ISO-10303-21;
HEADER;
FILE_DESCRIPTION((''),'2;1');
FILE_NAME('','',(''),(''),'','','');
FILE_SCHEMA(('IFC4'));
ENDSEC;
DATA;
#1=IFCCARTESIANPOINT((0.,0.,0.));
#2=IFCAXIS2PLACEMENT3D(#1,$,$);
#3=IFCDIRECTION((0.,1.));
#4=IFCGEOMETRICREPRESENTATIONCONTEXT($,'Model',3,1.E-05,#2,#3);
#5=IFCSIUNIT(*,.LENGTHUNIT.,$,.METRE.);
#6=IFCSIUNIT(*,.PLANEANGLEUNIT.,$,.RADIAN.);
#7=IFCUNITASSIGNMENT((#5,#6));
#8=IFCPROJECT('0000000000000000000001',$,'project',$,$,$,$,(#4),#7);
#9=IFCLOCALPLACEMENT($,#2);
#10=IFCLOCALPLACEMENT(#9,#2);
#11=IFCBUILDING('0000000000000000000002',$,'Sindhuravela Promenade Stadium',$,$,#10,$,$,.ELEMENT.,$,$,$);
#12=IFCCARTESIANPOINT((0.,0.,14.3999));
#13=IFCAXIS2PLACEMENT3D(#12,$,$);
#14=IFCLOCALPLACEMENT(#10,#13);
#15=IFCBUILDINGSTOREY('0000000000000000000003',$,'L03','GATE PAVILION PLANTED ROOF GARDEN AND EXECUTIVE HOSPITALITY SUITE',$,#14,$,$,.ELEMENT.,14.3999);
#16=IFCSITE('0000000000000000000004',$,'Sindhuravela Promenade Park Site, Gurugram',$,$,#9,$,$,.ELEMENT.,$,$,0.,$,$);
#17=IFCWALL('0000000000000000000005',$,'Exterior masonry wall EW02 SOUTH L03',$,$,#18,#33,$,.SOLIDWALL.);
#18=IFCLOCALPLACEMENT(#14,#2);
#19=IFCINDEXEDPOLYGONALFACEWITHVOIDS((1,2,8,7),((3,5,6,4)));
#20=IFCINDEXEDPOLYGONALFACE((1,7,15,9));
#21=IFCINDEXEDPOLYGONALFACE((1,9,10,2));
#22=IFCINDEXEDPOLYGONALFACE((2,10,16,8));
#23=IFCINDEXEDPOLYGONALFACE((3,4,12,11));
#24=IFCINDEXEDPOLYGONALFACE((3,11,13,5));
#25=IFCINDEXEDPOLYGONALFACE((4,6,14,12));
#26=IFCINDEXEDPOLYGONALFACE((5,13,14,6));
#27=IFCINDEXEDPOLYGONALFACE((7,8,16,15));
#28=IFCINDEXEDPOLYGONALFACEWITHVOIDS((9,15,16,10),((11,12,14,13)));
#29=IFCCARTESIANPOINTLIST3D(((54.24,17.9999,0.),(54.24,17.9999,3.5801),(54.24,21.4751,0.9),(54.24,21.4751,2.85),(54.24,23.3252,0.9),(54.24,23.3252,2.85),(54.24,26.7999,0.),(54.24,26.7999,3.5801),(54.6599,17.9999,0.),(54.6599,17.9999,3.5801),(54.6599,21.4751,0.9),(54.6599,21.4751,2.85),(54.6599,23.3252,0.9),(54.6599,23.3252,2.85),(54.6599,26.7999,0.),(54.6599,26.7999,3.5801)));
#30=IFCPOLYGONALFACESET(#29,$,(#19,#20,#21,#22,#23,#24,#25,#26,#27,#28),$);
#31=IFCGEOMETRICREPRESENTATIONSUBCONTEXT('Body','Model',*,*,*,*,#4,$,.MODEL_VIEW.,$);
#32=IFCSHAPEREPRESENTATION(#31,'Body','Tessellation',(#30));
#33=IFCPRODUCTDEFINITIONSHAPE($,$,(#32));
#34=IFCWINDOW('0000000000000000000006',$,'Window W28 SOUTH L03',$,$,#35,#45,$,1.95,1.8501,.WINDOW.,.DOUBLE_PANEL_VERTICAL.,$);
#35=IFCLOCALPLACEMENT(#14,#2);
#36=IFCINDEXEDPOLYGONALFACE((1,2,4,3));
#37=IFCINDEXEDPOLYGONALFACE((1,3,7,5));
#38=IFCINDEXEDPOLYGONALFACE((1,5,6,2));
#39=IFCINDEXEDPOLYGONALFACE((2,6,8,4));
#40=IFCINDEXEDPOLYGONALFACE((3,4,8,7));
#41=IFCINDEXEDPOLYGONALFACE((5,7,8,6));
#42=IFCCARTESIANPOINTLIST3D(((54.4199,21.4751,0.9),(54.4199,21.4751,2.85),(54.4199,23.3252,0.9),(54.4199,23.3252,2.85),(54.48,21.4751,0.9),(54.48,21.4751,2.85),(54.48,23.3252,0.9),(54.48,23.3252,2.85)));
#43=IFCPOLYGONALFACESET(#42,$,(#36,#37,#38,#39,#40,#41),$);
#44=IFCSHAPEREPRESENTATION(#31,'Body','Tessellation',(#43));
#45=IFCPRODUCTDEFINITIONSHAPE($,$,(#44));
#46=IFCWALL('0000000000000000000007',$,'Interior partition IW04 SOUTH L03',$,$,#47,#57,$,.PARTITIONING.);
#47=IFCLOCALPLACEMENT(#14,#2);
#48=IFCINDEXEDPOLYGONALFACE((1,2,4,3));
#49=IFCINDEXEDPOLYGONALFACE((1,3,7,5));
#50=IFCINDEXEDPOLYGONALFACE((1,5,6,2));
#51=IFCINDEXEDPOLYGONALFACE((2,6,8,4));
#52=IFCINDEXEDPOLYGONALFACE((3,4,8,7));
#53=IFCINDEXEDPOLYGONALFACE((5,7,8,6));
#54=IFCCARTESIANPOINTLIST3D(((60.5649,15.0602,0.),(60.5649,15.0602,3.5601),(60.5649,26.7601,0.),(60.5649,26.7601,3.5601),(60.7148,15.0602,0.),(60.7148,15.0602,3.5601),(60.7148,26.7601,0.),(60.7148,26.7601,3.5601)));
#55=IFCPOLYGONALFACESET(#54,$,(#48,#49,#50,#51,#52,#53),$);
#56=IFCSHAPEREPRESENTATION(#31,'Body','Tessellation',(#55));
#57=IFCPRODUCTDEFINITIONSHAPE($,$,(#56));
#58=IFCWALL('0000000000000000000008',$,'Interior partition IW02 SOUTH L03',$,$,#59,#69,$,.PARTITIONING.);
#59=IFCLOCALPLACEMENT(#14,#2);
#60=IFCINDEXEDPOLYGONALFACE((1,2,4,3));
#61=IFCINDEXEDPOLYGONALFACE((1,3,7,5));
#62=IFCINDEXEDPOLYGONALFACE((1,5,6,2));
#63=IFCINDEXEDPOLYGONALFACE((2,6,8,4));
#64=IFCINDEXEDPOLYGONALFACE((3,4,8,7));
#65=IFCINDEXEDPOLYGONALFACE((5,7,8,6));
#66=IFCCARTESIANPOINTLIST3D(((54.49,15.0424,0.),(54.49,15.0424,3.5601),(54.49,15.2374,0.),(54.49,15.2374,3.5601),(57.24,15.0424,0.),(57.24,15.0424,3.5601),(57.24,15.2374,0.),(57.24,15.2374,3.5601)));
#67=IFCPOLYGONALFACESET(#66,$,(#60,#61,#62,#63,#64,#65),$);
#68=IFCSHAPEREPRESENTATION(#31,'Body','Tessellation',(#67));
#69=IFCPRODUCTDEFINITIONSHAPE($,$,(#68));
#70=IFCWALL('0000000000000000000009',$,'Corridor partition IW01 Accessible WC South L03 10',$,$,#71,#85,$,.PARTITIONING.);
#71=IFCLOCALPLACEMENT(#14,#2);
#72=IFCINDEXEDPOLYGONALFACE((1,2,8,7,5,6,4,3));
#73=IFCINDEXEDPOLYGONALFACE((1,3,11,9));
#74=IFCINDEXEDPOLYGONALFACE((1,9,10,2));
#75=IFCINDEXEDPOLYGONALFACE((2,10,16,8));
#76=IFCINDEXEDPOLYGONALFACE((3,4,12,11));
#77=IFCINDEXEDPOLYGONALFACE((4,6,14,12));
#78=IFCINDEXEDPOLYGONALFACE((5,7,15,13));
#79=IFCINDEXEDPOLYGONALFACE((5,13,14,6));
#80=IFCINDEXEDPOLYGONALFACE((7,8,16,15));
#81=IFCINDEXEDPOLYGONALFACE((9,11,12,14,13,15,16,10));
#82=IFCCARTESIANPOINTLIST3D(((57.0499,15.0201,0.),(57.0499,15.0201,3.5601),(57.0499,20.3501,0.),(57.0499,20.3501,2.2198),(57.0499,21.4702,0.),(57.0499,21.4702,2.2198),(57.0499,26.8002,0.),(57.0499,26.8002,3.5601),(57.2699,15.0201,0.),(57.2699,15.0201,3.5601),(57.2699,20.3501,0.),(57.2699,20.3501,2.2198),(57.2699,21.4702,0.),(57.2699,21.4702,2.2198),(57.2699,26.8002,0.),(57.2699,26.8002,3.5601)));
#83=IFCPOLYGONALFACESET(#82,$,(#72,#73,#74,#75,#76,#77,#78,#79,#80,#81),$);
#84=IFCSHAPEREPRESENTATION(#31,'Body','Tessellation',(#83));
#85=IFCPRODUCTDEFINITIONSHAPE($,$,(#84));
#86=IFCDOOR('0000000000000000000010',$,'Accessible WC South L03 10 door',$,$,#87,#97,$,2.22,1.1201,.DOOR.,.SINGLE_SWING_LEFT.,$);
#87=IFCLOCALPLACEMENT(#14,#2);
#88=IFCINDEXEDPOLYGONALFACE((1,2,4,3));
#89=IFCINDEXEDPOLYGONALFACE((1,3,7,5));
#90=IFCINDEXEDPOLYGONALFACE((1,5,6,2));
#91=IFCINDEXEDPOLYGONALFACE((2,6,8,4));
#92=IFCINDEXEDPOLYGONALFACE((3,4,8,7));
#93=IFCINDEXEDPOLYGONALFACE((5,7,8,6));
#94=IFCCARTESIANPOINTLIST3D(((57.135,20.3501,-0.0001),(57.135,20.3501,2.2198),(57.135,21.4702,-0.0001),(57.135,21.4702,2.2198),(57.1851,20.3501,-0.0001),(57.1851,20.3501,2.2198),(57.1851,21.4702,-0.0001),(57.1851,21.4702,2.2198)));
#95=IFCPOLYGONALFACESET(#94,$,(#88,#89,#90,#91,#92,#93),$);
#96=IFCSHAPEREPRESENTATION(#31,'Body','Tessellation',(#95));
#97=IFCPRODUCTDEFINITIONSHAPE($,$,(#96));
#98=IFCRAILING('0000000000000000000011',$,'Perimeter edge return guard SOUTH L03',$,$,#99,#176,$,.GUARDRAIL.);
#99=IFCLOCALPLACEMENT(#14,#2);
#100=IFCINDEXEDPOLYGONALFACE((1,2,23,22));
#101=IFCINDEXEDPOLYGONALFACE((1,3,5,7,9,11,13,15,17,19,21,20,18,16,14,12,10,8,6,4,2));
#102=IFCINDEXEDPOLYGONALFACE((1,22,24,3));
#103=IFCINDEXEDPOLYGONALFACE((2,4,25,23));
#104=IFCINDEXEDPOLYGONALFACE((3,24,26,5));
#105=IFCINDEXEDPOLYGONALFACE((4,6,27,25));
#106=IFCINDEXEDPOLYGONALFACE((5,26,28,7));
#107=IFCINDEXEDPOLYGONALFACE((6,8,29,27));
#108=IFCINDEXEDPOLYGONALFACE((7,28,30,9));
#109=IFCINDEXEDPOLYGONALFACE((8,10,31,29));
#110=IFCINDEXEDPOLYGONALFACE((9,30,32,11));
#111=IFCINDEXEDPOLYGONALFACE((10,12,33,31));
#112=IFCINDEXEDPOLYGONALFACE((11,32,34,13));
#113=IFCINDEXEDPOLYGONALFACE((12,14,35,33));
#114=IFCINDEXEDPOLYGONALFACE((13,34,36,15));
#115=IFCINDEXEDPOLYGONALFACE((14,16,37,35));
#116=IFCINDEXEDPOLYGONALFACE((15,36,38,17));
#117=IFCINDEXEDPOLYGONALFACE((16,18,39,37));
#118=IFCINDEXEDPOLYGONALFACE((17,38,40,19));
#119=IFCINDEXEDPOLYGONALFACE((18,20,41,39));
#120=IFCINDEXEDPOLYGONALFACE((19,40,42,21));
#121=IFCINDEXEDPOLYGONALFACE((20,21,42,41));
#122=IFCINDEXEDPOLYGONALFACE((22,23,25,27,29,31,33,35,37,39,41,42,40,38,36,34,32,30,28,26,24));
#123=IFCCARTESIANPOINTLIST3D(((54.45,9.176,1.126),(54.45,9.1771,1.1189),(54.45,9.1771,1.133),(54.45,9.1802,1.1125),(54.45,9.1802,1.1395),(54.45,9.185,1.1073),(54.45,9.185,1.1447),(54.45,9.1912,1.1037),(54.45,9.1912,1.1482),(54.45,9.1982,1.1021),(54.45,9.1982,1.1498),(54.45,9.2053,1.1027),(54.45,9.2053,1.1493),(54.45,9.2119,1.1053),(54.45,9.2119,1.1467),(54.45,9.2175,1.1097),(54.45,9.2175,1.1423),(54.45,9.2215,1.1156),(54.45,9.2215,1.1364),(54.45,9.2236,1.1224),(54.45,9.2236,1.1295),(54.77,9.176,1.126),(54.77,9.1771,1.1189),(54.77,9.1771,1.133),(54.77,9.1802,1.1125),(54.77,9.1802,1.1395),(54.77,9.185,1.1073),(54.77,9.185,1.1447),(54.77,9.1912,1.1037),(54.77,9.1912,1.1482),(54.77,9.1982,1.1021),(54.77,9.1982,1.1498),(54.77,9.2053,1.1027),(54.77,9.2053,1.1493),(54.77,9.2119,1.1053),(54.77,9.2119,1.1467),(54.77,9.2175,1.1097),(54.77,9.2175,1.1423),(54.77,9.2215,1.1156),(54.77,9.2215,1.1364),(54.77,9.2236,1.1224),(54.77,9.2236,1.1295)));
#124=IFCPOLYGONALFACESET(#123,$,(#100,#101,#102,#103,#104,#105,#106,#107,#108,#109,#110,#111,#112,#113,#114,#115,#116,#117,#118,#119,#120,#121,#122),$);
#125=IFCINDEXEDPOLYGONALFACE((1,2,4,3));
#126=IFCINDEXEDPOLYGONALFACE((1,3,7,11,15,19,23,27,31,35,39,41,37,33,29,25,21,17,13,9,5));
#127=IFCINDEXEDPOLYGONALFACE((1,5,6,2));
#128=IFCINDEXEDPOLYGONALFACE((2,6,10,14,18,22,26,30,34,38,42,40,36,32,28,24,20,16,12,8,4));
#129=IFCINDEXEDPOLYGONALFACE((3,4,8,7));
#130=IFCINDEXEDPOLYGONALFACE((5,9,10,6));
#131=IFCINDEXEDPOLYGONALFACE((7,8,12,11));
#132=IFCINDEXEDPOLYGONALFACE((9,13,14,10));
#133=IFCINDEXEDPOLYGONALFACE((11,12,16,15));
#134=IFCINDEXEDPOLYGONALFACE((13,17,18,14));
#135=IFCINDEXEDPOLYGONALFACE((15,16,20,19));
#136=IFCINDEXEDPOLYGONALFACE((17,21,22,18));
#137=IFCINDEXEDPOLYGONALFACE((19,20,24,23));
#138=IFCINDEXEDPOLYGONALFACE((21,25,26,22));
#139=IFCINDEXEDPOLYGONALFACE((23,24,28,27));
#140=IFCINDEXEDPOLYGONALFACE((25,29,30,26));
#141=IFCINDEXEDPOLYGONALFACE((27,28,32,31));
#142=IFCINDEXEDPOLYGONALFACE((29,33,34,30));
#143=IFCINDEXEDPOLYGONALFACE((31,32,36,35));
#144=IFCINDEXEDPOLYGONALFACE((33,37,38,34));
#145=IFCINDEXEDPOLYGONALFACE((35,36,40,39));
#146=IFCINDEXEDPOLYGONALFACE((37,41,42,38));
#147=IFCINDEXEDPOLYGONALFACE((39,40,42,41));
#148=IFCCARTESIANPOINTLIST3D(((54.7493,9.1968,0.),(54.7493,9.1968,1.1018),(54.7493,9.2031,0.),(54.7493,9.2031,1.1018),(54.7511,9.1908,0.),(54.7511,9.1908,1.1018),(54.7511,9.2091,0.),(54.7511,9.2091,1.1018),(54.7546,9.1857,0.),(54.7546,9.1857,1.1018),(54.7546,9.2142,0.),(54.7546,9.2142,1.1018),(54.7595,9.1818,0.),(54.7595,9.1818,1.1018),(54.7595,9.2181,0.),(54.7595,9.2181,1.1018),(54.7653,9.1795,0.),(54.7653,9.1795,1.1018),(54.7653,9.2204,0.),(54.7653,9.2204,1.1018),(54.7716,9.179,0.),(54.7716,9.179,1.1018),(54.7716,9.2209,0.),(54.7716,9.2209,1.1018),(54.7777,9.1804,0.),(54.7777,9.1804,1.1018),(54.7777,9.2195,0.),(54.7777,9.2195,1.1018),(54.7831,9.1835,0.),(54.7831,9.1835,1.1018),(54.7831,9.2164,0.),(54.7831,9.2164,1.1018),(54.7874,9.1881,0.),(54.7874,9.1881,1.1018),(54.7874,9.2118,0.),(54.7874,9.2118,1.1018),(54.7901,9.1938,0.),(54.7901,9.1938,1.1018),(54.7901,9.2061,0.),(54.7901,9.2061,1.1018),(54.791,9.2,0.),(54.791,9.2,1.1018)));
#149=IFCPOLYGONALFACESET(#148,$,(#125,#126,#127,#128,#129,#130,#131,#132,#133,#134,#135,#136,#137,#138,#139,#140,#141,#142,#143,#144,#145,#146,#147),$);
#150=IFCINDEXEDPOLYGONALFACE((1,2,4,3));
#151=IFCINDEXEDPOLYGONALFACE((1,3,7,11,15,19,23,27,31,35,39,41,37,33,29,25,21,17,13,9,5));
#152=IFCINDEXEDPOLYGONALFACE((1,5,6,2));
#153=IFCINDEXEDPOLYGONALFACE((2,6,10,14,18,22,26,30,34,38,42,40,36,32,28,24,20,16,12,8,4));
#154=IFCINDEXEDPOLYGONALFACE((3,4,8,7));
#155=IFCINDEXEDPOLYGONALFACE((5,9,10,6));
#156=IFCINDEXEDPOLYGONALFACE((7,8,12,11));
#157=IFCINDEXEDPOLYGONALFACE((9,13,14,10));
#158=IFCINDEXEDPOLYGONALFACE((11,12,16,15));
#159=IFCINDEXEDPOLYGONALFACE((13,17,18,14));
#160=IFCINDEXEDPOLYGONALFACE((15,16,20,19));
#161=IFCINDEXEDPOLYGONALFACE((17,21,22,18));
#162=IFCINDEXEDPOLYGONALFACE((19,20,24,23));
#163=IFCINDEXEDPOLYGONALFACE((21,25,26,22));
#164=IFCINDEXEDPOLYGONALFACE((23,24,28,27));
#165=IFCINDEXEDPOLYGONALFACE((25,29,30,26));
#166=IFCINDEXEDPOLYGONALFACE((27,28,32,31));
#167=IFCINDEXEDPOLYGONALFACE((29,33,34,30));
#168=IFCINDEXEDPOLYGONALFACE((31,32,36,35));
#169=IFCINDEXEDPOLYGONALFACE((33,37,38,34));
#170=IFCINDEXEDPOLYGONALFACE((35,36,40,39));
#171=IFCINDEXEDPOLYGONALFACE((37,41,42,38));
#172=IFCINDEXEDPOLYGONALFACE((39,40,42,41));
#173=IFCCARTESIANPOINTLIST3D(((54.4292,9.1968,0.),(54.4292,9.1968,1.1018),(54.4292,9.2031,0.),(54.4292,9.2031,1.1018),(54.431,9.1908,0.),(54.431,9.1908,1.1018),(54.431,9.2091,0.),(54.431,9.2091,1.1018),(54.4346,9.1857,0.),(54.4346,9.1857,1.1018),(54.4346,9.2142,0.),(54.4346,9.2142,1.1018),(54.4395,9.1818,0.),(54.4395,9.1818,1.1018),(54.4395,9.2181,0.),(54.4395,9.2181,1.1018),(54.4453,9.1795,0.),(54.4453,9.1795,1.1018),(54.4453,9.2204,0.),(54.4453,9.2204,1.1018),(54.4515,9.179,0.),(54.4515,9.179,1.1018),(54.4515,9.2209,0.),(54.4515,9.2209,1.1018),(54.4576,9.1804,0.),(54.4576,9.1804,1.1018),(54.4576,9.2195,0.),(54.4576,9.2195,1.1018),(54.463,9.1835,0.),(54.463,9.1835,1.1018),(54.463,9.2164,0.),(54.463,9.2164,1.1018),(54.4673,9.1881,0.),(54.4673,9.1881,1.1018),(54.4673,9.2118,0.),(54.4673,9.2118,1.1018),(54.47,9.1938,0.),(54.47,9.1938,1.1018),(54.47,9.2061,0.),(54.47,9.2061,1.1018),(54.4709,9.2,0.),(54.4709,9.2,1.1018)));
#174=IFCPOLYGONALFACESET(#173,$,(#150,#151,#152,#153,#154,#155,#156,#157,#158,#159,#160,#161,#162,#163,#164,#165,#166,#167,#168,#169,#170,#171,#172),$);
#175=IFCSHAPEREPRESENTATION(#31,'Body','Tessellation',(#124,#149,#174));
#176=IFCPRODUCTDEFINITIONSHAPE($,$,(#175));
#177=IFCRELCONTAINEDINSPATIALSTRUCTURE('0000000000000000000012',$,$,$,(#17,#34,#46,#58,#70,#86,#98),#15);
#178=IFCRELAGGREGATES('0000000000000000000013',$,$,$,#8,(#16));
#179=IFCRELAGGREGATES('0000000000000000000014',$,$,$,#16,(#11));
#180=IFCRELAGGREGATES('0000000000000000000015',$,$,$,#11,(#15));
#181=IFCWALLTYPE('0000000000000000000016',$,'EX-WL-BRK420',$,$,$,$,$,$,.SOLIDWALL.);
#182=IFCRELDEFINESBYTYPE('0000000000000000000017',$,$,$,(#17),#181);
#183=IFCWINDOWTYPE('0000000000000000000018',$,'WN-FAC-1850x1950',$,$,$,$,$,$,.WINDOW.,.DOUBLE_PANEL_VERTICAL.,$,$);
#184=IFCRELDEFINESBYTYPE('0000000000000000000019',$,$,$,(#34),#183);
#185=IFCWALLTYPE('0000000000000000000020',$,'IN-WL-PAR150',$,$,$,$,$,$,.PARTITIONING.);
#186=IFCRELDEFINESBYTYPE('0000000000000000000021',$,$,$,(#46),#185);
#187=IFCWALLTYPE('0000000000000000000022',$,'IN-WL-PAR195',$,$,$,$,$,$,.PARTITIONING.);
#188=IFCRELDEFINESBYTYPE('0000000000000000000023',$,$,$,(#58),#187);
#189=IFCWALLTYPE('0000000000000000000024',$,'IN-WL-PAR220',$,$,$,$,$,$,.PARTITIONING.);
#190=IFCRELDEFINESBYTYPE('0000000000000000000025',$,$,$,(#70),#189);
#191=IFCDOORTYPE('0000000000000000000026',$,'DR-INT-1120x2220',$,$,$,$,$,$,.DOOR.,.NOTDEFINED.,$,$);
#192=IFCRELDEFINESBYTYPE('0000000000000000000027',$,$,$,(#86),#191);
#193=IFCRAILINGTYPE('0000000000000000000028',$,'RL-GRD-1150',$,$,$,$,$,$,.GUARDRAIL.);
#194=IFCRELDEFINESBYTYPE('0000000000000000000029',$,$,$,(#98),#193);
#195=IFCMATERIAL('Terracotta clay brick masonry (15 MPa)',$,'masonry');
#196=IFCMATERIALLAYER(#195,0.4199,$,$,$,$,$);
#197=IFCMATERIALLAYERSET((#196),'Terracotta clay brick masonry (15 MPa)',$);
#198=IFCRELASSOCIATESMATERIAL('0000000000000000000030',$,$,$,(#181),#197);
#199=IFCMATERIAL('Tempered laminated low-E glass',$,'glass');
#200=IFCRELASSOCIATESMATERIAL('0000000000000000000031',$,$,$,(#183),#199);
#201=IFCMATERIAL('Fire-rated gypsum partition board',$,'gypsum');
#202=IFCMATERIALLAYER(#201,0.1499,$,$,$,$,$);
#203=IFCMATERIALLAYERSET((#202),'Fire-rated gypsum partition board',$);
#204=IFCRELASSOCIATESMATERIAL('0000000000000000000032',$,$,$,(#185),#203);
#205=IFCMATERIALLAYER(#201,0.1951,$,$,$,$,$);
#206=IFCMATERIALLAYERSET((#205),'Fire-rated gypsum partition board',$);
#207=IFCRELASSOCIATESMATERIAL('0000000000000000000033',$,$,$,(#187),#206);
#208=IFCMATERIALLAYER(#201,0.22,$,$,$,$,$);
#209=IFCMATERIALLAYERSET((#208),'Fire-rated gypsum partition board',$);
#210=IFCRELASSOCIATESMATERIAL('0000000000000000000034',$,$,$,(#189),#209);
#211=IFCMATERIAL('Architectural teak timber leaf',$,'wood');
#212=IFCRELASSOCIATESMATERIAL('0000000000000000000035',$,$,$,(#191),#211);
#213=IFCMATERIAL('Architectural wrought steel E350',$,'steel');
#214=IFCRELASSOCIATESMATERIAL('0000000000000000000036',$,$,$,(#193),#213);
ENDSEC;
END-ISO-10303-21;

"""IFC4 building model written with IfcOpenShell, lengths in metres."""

from ifc_helpers import new_model, si_unit, direction, frame, frame_2d, origin, origin_2d, place, context, subcontext, project, spatial, rectangle, circle, extrude, material, layer, layer_set, type_object, element, fill, save


model = new_model("IFC4")

# Units and contexts
model_context = context("Model", 3, precision=1e-05, world=origin(), true_north=direction((0.0, 1.0)))
body_context = subcontext(model_context, "Body", "Model", "MODEL_VIEW")
ifc_project = project(units=[si_unit("LENGTHUNIT", "METRE"), si_unit("PLANEANGLEUNIT", "RADIAN")], contexts=[model_context])

# Site, building, storey
site_placement = place(None, origin())
site = spatial("IfcSite", under=ifc_project, at=site_placement, Name="Sindhuravela Promenade Park Site, Gurugram", CompositionType="ELEMENT", RefElevation=0.0)
building_placement = place(site_placement, origin())
building = spatial("IfcBuilding", under=site, at=building_placement, Name="Sindhuravela Promenade Stadium", CompositionType="ELEMENT")
storey_placement = place(building_placement, frame((0.0, 0.0, 14.3999)))
storey = spatial("IfcBuildingStorey", under=building, at=storey_placement, Name="L03", Description="GATE PAVILION PLANTED ROOF GARDEN AND EXECUTIVE HOSPITALITY SUITE", CompositionType="ELEMENT", Elevation=14.3999)

# Wall, opening, window
ifc_material_1 = material(Name="Terracotta clay brick masonry (15 MPa)", Category="masonry")
ifc_material_2 = material(Name="Tempered laminated low-E glass", Category="glass")
ifc_layer_1 = layer(ifc_material_1, 0.4199)
ifc_layer_set_1 = layer_set([ifc_layer_1], Name="Terracotta clay brick masonry (15 MPa)")
wall_type_1 = type_object("IfcWallType", Name="EX-WL-BRK420", PredefinedType="SOLIDWALL", material=ifc_layer_set_1)
wall_1_placement = place(storey_placement, frame((54.45, 18.0, 0.0), z_axis=(0.0, 0.0, 1.0), x_axis=(0.0, 1.0, 0.0)))
wall_1 = element("IfcWall", 1, at=wall_1_placement, inside=storey, type_object=wall_type_1, Name="Exterior masonry wall EW02 SOUTH L03", PredefinedType="SOLIDWALL", context=body_context, shape_type="SweptSolid", body=[
    extrude(rectangle(XDim=8.8, YDim=0.4199, at=frame_2d((4.3999, 0.0))), origin(), (0.0, 0.0, 1.0), 3.5801),
])
opening_1_placement = place(wall_1_placement, frame((3.4751, 0.0, 0.8999)))
opening_1 = element("IfcOpeningElement", 2, at=opening_1_placement, cuts=wall_1, PredefinedType="OPENING", context=body_context, shape_type="SweptSolid", body=[
    extrude(rectangle(XDim=1.8501, YDim=1.95, at=frame_2d((0.925, 0.9751))), frame((0.0, 0.22, 0.0), z_axis=(0.0, -1.0, 0.0), x_axis=(1.0, 0.0, 0.0)), (0.0, 0.0, 1.0), 0.4399),
])
window_type_1 = type_object("IfcWindowType", Name="WN-FAC-1850x1950", PartitioningType="DOUBLE_PANEL_VERTICAL", PredefinedType="WINDOW", material=ifc_material_2)
window_1_placement = place(opening_1_placement, origin())
window_1 = element("IfcWindow", 3, at=window_1_placement, inside=storey, type_object=window_type_1, Name="Window W28 SOUTH L03", OverallHeight=1.95, OverallWidth=1.8501, PartitioningType="DOUBLE_PANEL_VERTICAL", PredefinedType="WINDOW", context=body_context, shape_type="SweptSolid", body=[
    extrude(rectangle(XDim=1.8501, YDim=1.95, at=frame_2d((0.925, 0.9751))), frame((0.0, 0.03, 0.0), z_axis=(0.0, -1.0, 0.0), x_axis=(1.0, 0.0, 0.0)), (0.0, 0.0, 1.0), 0.0601),
])
fill(opening_1, window_1)

# Walls
ifc_material_3 = material(Name="Fire-rated gypsum partition board", Category="gypsum")
ifc_layer_2 = layer(ifc_material_3, 0.1499)
ifc_layer_set_2 = layer_set([ifc_layer_2], Name="Fire-rated gypsum partition board")
wall_type_2 = type_object("IfcWallType", Name="IN-WL-PAR150", PredefinedType="PARTITIONING", material=ifc_layer_set_2)
wall_2_placement = place(storey_placement, frame((60.6399, 15.0601, 0.0), z_axis=(0.0, 0.0, 1.0), x_axis=(0.0, 1.0, 0.0)))
element("IfcWall", 4, at=wall_2_placement, inside=storey, type_object=wall_type_2, Name="Interior partition IW04 SOUTH L03", PredefinedType="PARTITIONING", context=body_context, shape_type="SweptSolid", body=[
    extrude(rectangle(XDim=11.7, YDim=0.1499, at=frame_2d((5.8501, 0.0))), origin(), (0.0, 0.0, 1.0), 3.5601),
])
ifc_layer_3 = layer(ifc_material_3, 0.1951)
ifc_layer_set_3 = layer_set([ifc_layer_3], Name="Fire-rated gypsum partition board")
wall_type_3 = type_object("IfcWallType", Name="IN-WL-PAR195", PredefinedType="PARTITIONING", material=ifc_layer_set_3)
wall_3_placement = place(storey_placement, frame((57.24, 15.1399, 0.0), z_axis=(0.0, 0.0, 1.0), x_axis=(-1.0, 0.0, 0.0)))
element("IfcWall", 5, at=wall_3_placement, inside=storey, type_object=wall_type_3, Name="Interior partition IW02 SOUTH L03", PredefinedType="PARTITIONING", context=body_context, shape_type="SweptSolid", body=[
    extrude(rectangle(XDim=2.75, YDim=0.1951, at=frame_2d((1.375, 0.0))), origin(), (0.0, 0.0, 1.0), 3.5601),
])

# Wall, opening, door
ifc_layer_4 = layer(ifc_material_3, 0.22)
ifc_layer_set_4 = layer_set([ifc_layer_4], Name="Fire-rated gypsum partition board")
wall_type_4 = type_object("IfcWallType", Name="IN-WL-PAR220", PredefinedType="PARTITIONING", material=ifc_layer_set_4)
wall_4_placement = place(storey_placement, frame((57.1599, 15.02, 0.0), z_axis=(0.0, 0.0, 1.0), x_axis=(0.0, 1.0, 0.0)))
wall_4 = element("IfcWall", 6, at=wall_4_placement, inside=storey, type_object=wall_type_4, Name="Corridor partition IW01 Accessible WC South L03 10", PredefinedType="PARTITIONING", context=body_context, shape_type="SweptSolid", body=[
    extrude(rectangle(XDim=11.78, YDim=0.22, at=frame_2d((5.8901, 0.0))), origin(), (0.0, 0.0, 1.0), 3.5601),
])
opening_2_placement = place(wall_4_placement, frame((5.3301, 0.0, 0.0)))
opening_2 = element("IfcOpeningElement", 7, at=opening_2_placement, cuts=wall_4, PredefinedType="OPENING", context=body_context, shape_type="SweptSolid", body=[
    extrude(rectangle(XDim=1.1201, YDim=2.22, at=frame_2d((0.5601, 1.1099))), frame((0.0, 0.1199, 0.0), z_axis=(0.0, -1.0, 0.0), x_axis=(1.0, 0.0, 0.0)), (0.0, 0.0, 1.0), 0.24),
])
ifc_material_4 = material(Name="Architectural teak timber leaf", Category="wood")
door_type = type_object("IfcDoorType", Name="DR-INT-1120x2220", OperationType="NOTDEFINED", PredefinedType="DOOR", material=ifc_material_4)
door_placement = place(opening_2_placement, origin())
door = element("IfcDoor", 8, at=door_placement, inside=storey, type_object=door_type, Name="Accessible WC South L03 10 door", OperationType="SINGLE_SWING_LEFT", OverallHeight=2.22, OverallWidth=1.1201, PredefinedType="DOOR", context=body_context, shape_type="SweptSolid", body=[
    extrude(rectangle(XDim=1.1201, YDim=2.22, at=frame_2d((0.5601, 1.1099))), frame((0.0, 0.0249, 0.0), z_axis=(0.0, -1.0, 0.0), x_axis=(1.0, 0.0, 0.0)), (0.0, 0.0, 1.0), 0.05),
])
fill(opening_2, door)

# Railing
ifc_material_5 = material(Name="Architectural wrought steel E350", Category="steel")
railing_type = type_object("IfcRailingType", Name="RL-GRD-1150", PredefinedType="GUARDRAIL", material=ifc_material_5)
railing_placement = place(storey_placement, frame((54.77, 9.2, 0.0)))
element("IfcRailing", 9, at=railing_placement, inside=storey, type_object=railing_type, Name="Perimeter edge return guard SOUTH L03", PredefinedType="GUARDRAIL", context=body_context, shape_type="SweptSolid", body=[
    extrude(circle(Radius=0.0239, at=origin_2d()), frame((0.0, 0.0, 1.126), z_axis=(-1.0, 0.0, 0.0), x_axis=(0.0, -1.0, 0.0)), (0.0, 0.0, 1.0), 0.3201),
    extrude(circle(Radius=0.021, at=origin_2d()), origin(), (0.0, 0.0, 1.0), 1.1018),
    extrude(circle(Radius=0.021, at=origin_2d()), frame((-0.3201, 0.0, 0.0)), (0.0, 0.0, 1.0), 1.1018),
])

save(model, "model.ifc")
